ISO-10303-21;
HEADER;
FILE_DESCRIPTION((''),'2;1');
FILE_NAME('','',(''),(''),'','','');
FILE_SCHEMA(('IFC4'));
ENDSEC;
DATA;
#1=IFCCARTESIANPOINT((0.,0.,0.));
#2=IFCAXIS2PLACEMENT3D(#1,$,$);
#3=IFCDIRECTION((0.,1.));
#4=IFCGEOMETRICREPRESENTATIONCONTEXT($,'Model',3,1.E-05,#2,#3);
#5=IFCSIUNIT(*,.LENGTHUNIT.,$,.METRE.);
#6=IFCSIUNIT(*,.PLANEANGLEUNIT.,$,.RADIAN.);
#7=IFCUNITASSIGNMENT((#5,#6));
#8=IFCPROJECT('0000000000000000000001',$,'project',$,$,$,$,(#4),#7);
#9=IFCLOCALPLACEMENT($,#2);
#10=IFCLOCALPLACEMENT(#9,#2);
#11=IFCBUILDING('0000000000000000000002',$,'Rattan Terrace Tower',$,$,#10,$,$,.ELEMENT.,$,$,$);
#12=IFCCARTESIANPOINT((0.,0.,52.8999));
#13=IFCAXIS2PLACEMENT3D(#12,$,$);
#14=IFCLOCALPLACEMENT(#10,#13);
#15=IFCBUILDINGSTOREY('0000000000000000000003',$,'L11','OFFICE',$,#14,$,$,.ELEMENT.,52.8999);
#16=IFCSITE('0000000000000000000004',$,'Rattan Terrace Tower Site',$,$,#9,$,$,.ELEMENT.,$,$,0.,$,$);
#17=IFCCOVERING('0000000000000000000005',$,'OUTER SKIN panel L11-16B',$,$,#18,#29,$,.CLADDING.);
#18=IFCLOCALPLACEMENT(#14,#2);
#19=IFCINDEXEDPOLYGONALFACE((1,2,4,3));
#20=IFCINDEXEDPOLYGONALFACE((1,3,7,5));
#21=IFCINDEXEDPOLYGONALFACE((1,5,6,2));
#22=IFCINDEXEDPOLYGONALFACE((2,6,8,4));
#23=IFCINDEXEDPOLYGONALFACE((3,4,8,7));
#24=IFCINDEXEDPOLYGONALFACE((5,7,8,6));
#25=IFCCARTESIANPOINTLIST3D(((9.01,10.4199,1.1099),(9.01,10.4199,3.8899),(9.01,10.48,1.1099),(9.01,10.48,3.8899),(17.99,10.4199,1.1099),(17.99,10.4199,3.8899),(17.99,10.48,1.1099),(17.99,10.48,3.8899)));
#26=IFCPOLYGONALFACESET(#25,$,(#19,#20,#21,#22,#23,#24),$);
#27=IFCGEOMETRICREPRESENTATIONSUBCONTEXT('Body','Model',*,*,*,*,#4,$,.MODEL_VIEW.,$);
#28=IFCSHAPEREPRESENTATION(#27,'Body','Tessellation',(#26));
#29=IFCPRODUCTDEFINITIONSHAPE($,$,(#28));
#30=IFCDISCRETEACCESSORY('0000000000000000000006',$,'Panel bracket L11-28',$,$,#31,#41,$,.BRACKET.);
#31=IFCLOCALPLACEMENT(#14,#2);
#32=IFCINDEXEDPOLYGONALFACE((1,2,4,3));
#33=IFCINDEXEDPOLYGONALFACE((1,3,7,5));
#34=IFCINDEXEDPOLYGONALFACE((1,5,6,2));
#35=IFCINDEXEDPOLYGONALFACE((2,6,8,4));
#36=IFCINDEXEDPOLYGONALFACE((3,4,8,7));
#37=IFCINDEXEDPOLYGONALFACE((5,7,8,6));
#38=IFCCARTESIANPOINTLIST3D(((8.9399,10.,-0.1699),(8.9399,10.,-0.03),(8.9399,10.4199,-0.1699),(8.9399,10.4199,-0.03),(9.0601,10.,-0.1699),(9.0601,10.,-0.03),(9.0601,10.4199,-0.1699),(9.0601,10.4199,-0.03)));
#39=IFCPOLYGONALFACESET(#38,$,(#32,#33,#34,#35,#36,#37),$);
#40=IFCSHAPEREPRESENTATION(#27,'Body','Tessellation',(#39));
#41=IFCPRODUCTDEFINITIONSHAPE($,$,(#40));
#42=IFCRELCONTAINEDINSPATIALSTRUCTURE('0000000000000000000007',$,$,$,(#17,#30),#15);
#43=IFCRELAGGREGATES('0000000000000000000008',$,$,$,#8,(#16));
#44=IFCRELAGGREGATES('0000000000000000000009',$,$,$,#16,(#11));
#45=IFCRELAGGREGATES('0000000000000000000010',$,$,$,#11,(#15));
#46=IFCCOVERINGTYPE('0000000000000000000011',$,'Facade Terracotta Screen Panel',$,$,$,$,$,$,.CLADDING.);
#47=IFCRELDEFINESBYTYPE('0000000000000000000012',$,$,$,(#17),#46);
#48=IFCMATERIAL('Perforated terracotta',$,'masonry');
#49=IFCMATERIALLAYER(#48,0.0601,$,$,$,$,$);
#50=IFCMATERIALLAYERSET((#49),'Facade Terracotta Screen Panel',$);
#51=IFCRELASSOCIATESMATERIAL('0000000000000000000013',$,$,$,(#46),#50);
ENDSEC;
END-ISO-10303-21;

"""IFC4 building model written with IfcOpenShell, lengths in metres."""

from ifc_helpers import new_model, si_unit, direction, frame, origin, origin_2d, place, context, subcontext, project, spatial, rectangle, extrude, material, layer, layer_set, type_object, element, save


model = new_model("IFC4")

# Units and contexts
model_context = context("Model", 3, precision=1e-05, world=origin(), true_north=direction((0.0, 1.0)))
body_context = subcontext(model_context, "Body", "Model", "MODEL_VIEW")
ifc_project = project(units=[si_unit("LENGTHUNIT", "METRE"), si_unit("PLANEANGLEUNIT", "RADIAN")], contexts=[model_context])

# Site, building, storey
site_placement = place(None, origin())
site = spatial("IfcSite", under=ifc_project, at=site_placement, Name="Rattan Terrace Tower Site", CompositionType="ELEMENT", RefElevation=0.0)
building_placement = place(site_placement, origin())
building = spatial("IfcBuilding", under=site, at=building_placement, Name="Rattan Terrace Tower", CompositionType="ELEMENT")
storey_placement = place(building_placement, frame((0.0, 0.0, 52.8999)))
storey = spatial("IfcBuildingStorey", under=building, at=storey_placement, Name="L11", Description="OFFICE", CompositionType="ELEMENT", Elevation=52.8999)

# Covering
ifc_material_1 = material(Name="Perforated terracotta", Category="masonry")
ifc_layer_1 = layer(ifc_material_1, 0.0601)
ifc_layer_set_1 = layer_set([ifc_layer_1], Name="Facade Terracotta Screen Panel")
covering_type_1 = type_object("IfcCoveringType", Name="Facade Terracotta Screen Panel", PredefinedType="CLADDING", material=ifc_layer_set_1)
covering_1_placement = place(storey_placement, frame((13.5, 10.45, 1.1099), z_axis=(0.0, 0.0, 1.0), x_axis=(-1.0, 0.0, 0.0)))
element("IfcCovering", 1, at=covering_1_placement, inside=storey, type_object=covering_type_1, Name="OUTER SKIN panel L11-16B", PredefinedType="CLADDING", context=body_context, shape_type="SweptSolid", body=[
    extrude(rectangle(XDim=8.98, YDim=0.0601, at=origin_2d()), origin(), (0.0, 0.0, 1.0), 2.78),
])

# Discrete accessory
discrete_accessory_placement = place(storey_placement, frame((9.0, 10.21, -0.1699), z_axis=(0.0, 0.0, 1.0), x_axis=(-1.0, 0.0, 0.0)))
element("IfcDiscreteAccessory", 2, at=discrete_accessory_placement, inside=storey, Name="Panel bracket L11-28", PredefinedType="BRACKET", context=body_context, shape_type="SweptSolid", body=[
    extrude(rectangle(XDim=0.1201, YDim=0.4199, at=origin_2d()), origin(), (0.0, 0.0, 1.0), 0.1399),
])

save(model, "model.ifc")
